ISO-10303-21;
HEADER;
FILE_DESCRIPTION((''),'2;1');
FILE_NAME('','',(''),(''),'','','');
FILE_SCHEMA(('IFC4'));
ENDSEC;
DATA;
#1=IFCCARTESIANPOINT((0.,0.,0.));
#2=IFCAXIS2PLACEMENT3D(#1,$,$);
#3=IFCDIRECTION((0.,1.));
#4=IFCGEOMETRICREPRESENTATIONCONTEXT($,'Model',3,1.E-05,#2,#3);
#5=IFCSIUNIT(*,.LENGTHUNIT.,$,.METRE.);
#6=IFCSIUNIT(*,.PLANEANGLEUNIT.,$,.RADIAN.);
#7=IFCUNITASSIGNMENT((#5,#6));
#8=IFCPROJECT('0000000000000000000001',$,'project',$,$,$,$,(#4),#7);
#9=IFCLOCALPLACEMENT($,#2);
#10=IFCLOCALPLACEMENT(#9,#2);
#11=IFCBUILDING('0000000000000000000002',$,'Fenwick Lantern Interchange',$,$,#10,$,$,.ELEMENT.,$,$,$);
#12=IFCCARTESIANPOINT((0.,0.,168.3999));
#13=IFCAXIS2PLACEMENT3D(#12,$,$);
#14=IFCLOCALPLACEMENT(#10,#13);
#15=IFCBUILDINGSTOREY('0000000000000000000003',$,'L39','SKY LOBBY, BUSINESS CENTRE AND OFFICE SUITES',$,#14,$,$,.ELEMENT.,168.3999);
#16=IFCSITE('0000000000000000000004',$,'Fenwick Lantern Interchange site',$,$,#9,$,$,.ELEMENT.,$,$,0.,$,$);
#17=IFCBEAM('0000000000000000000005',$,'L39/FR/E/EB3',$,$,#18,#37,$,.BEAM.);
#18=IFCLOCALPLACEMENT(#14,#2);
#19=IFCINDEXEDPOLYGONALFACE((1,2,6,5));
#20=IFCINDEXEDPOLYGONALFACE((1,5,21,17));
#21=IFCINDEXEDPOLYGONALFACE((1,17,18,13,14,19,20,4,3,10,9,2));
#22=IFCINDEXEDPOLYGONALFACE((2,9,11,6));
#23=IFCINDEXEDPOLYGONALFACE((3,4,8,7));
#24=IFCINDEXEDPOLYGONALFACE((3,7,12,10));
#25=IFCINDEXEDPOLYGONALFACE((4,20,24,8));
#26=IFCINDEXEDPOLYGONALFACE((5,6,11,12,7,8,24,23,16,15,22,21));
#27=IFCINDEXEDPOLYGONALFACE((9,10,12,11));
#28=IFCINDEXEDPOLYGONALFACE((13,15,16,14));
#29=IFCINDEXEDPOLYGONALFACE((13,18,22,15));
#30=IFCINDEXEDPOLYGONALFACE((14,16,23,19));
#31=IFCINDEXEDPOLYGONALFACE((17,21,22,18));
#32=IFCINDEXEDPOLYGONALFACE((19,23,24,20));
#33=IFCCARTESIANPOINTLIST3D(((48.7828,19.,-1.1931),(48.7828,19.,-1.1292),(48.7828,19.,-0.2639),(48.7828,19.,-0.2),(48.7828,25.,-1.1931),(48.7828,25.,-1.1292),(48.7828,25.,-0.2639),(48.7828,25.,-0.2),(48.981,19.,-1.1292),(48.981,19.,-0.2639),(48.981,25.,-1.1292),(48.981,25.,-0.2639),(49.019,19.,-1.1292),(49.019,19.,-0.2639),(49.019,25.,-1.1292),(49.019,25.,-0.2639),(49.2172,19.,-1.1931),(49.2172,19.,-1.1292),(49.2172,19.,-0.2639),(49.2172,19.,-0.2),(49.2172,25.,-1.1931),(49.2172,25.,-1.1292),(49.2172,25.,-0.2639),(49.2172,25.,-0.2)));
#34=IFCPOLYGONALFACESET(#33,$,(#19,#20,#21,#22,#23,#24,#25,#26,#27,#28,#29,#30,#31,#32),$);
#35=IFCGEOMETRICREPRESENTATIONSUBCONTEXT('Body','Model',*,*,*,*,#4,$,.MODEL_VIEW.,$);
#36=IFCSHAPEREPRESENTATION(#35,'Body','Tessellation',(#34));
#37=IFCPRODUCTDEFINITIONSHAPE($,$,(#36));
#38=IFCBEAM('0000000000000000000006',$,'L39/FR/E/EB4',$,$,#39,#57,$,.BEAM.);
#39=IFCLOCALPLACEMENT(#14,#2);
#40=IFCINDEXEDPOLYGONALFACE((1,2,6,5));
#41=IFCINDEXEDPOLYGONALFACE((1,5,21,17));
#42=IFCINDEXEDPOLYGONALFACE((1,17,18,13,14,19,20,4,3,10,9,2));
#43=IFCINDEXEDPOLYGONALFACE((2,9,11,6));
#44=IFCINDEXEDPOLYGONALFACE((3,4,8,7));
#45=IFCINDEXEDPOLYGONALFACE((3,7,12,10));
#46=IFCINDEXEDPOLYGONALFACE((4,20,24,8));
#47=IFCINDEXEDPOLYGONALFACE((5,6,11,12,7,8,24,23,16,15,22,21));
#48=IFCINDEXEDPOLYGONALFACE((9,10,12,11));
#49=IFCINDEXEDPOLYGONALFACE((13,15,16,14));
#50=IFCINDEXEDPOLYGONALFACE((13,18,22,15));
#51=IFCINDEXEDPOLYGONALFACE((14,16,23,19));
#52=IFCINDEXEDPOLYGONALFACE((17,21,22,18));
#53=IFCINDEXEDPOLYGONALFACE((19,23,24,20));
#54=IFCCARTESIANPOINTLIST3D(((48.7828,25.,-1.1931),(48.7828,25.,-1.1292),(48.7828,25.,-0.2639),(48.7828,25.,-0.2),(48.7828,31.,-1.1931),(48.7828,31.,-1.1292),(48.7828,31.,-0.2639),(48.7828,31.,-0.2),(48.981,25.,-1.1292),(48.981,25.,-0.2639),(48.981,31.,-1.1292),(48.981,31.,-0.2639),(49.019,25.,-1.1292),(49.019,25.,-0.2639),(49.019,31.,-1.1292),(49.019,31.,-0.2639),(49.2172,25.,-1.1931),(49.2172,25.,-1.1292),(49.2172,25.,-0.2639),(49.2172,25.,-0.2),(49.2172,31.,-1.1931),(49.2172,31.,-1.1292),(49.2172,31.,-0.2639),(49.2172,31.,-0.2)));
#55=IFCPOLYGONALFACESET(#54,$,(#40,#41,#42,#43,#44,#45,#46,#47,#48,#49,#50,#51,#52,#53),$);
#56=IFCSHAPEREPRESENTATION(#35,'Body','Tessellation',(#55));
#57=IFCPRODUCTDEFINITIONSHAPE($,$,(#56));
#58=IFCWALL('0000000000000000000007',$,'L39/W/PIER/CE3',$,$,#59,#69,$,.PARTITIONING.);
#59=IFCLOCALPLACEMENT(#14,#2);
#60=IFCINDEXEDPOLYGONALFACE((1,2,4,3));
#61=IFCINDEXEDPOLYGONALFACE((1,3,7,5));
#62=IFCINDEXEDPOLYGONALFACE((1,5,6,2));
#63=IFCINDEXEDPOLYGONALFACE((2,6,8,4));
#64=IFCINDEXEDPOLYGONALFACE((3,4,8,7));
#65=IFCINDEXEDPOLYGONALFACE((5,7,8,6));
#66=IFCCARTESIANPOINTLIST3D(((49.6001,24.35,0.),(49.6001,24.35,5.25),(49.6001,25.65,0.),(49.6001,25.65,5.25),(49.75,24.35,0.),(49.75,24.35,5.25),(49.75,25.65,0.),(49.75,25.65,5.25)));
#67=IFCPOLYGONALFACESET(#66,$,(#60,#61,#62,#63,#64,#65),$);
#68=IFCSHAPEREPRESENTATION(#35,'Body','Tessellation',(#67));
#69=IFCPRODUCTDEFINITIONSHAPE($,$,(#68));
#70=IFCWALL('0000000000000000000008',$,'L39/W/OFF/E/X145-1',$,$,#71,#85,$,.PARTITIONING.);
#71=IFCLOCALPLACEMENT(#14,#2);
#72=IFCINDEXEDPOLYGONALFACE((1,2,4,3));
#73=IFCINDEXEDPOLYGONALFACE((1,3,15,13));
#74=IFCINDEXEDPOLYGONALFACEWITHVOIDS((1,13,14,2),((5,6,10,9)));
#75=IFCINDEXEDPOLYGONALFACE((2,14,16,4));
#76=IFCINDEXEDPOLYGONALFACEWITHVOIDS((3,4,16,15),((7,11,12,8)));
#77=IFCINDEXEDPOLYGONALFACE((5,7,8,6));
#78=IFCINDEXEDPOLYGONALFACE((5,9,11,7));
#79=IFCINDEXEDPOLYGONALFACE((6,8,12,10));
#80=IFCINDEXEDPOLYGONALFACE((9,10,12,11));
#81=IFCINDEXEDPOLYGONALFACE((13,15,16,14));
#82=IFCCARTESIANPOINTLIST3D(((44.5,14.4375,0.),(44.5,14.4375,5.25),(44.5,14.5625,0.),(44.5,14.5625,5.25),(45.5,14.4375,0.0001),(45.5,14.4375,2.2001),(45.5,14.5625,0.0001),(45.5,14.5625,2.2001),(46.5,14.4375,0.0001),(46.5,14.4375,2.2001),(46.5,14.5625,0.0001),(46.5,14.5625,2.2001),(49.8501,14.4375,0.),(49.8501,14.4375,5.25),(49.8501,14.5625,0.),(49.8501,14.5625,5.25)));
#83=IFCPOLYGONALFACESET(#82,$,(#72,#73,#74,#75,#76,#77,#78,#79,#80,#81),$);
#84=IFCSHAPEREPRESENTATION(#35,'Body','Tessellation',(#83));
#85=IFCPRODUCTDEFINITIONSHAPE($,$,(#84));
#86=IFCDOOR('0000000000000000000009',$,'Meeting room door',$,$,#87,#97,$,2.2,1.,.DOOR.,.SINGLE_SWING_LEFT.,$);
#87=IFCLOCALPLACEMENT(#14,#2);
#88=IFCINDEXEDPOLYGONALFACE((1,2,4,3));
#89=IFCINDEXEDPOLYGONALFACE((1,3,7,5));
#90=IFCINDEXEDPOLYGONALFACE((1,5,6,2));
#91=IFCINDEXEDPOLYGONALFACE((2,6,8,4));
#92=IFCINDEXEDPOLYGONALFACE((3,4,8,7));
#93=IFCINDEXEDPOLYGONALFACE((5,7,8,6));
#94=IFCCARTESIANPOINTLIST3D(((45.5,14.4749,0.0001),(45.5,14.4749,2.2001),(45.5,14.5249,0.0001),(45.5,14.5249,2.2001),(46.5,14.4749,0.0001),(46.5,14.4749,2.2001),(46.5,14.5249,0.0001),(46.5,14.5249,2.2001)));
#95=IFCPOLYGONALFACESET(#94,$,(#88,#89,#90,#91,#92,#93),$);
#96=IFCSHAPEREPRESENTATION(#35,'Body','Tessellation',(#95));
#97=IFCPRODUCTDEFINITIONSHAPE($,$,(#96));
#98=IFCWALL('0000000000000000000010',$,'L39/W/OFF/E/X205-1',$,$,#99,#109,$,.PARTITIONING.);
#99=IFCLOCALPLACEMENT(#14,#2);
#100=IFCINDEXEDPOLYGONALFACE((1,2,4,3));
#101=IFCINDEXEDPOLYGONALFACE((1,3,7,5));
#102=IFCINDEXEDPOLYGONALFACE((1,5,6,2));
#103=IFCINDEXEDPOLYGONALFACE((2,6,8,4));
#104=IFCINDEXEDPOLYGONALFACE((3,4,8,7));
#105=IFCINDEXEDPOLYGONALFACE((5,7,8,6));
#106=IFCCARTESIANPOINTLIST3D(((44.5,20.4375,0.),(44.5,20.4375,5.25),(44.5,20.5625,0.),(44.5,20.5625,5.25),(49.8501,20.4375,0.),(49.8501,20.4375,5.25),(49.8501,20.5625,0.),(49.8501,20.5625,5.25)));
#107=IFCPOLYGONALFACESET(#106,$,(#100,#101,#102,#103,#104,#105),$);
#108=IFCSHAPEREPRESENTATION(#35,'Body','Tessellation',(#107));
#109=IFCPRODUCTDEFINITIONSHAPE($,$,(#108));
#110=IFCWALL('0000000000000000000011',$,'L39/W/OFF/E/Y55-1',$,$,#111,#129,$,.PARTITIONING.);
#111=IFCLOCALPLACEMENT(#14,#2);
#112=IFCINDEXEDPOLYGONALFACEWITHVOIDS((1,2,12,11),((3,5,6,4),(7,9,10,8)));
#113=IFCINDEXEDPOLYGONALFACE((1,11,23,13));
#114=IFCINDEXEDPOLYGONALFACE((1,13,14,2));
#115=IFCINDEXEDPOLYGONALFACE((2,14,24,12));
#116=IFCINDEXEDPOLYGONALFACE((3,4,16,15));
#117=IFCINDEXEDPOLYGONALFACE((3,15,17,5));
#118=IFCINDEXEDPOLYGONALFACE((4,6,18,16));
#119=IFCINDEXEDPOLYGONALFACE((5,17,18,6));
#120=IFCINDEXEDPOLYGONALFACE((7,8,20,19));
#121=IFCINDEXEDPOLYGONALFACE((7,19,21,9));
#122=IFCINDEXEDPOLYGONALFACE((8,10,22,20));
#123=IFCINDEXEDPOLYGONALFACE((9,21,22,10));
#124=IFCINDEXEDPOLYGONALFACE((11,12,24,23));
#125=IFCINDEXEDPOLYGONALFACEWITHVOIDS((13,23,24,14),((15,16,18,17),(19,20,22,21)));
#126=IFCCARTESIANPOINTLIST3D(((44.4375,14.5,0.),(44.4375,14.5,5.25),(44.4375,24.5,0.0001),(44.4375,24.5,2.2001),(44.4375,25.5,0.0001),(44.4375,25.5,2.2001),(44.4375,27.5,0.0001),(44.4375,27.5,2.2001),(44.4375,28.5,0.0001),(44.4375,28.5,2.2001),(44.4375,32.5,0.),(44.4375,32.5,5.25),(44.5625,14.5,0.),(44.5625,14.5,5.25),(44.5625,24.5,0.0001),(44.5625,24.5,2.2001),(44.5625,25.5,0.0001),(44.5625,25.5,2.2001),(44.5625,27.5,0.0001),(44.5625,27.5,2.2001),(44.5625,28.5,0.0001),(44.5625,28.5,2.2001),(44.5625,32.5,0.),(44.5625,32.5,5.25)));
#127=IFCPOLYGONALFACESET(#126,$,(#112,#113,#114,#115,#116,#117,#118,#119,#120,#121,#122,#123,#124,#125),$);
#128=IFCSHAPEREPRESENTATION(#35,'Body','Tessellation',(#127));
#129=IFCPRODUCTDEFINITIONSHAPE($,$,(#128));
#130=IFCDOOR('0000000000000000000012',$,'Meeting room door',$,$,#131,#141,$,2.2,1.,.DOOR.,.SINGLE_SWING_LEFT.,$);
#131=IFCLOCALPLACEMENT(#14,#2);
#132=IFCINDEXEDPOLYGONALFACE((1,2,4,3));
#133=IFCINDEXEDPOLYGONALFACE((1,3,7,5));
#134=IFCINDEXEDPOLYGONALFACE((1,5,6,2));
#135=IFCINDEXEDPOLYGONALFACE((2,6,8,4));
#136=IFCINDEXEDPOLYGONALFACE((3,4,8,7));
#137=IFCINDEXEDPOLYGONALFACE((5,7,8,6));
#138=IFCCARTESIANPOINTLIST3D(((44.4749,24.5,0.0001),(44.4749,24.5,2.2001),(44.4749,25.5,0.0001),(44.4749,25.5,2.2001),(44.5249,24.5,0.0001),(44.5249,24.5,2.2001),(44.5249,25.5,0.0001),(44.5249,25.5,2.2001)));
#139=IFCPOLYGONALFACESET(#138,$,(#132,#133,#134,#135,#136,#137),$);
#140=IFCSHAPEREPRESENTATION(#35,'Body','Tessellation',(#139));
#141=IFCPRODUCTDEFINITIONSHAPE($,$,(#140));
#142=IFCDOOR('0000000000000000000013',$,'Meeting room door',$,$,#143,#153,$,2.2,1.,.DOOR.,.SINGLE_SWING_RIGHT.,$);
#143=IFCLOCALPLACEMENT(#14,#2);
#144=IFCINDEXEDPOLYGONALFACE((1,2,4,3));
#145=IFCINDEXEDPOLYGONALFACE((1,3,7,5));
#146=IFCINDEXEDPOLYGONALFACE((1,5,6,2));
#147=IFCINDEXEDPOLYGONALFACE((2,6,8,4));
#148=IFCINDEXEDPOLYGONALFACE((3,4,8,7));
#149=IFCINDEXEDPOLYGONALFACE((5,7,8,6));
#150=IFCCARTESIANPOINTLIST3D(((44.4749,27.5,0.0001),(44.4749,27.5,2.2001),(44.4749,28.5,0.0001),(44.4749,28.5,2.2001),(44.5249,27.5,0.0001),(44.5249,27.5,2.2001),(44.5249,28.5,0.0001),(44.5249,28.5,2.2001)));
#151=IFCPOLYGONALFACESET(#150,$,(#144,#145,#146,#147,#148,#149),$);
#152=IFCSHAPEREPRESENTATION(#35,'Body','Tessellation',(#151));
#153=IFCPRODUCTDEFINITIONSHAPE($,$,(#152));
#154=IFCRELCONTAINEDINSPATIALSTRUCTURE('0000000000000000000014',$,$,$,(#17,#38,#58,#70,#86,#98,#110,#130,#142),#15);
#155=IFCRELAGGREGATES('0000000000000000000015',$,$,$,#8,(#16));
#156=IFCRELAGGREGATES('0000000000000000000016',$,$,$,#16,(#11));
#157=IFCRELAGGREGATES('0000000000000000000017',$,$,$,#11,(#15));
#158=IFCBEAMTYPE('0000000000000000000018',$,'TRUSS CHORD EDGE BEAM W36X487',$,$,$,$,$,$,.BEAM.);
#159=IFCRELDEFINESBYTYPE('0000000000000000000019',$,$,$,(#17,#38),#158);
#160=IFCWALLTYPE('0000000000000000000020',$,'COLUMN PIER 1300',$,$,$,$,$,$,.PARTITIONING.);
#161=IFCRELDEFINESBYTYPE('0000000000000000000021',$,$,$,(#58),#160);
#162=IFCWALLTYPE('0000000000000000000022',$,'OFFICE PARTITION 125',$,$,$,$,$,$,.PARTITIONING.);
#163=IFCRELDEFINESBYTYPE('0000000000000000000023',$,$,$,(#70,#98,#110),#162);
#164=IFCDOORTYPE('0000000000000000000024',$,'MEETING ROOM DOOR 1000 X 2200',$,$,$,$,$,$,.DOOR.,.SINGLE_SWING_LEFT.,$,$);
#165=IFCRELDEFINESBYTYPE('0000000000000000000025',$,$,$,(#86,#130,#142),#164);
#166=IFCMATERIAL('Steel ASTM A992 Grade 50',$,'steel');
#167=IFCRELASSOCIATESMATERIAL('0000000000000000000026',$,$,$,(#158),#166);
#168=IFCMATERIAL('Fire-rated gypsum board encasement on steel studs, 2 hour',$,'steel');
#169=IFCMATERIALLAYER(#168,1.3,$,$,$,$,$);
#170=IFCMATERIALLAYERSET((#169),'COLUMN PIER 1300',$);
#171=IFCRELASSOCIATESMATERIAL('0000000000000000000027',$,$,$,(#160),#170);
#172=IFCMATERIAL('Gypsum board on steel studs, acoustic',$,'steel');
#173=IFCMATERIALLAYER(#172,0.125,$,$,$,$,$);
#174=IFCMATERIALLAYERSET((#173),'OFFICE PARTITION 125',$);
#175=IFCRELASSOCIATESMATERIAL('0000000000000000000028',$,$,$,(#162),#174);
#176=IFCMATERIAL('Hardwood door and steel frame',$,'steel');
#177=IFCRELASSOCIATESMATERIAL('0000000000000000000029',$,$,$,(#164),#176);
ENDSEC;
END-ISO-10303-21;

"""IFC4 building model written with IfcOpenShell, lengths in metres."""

from ifc_helpers import new_model, si_unit, direction, frame, frame_2d, origin, origin_2d, place, context, subcontext, project, spatial, rectangle, i_section, extrude, material, layer, layer_set, material_profile, profile_set, type_object, element, fill, save


model = new_model("IFC4")

# Units and contexts
model_context = context("Model", 3, precision=1e-05, world=origin(), true_north=direction((0.0, 1.0)))
body_context = subcontext(model_context, "Body", "Model", "MODEL_VIEW")
ifc_project = project(units=[si_unit("LENGTHUNIT", "METRE"), si_unit("PLANEANGLEUNIT", "RADIAN")], contexts=[model_context])

# Site, building, storey
site_placement = place(None, origin())
site = spatial("IfcSite", under=ifc_project, at=site_placement, Name="Fenwick Lantern Interchange site", CompositionType="ELEMENT", RefElevation=0.0)
building_placement = place(site_placement, origin())
building = spatial("IfcBuilding", under=site, at=building_placement, Name="Fenwick Lantern Interchange", CompositionType="ELEMENT")
storey_placement = place(building_placement, frame((0.0, 0.0, 168.3999)))
storey = spatial("IfcBuildingStorey", under=building, at=storey_placement, Name="L39", Description="SKY LOBBY, BUSINESS CENTRE AND OFFICE SUITES", CompositionType="ELEMENT", Elevation=168.3999)

# Shared definitions
ifc_material_1 = material(Name="Steel ASTM A992 Grade 50", Category="steel")

# Beams
ifc_material_profile_1 = material_profile(ifc_material_1, i_section(OverallWidth=0.4343, OverallDepth=0.9932, WebThickness=0.0381, FlangeThickness=0.064, at=origin_2d()), Name="W36X487")
ifc_profile_set_1 = profile_set([ifc_material_profile_1], Name="Steel ASTM A992 Grade 50")
beam_type_1 = type_object("IfcBeamType", Name="TRUSS CHORD EDGE BEAM W36X487", PredefinedType="BEAM", material=ifc_profile_set_1)
for number, where, z_axis, x_axis, name in (
    (1, (49.0, 19.0, -0.6965), (0.0, 1.0, 0.0), (-1.0, 0.0, 0.0), "L39/FR/E/EB3"),
    (2, (49.0, 25.0, -0.6965), (0.0, 1.0, 0.0), (-1.0, 0.0, 0.0), "L39/FR/E/EB4"),
):
    element("IfcBeam", number, at=place(storey_placement, frame(where, z_axis=z_axis, x_axis=x_axis)), inside=storey, type_object=beam_type_1, Name=name, PredefinedType="BEAM", context=body_context, shape_type="SweptSolid", body=[
        extrude(i_section(OverallWidth=0.4343, OverallDepth=0.9932, WebThickness=0.0381, FlangeThickness=0.064, at=origin_2d()), origin(), (0.0, 0.0, 1.0), 6.0),
    ])

# Wall
ifc_material_2 = material(Name="Fire-rated gypsum board encasement on steel studs, 2 hour", Category="steel")
ifc_layer_1 = layer(ifc_material_2, 1.3)
ifc_layer_set_1 = layer_set([ifc_layer_1], Name="COLUMN PIER 1300")
wall_type_1 = type_object("IfcWallType", Name="COLUMN PIER 1300", PredefinedType="PARTITIONING", material=ifc_layer_set_1)
wall_1_placement = place(storey_placement, frame((49.75, 25.0, 0.0), z_axis=(0.0, 0.0, 1.0), x_axis=(-1.0, 0.0, 0.0)))
element("IfcWall", 3, at=wall_1_placement, inside=storey, type_object=wall_type_1, Name="L39/W/PIER/CE3", PredefinedType="PARTITIONING", context=body_context, shape_type="SweptSolid", body=[
    extrude(rectangle(XDim=0.1499, YDim=1.3, at=frame_2d((0.075, 0.0))), origin(), (0.0, 0.0, 1.0), 5.25),
])

# Wall, opening, door
ifc_material_3 = material(Name="Gypsum board on steel studs, acoustic", Category="steel")
ifc_layer_2 = layer(ifc_material_3, 0.125)
ifc_layer_set_2 = layer_set([ifc_layer_2], Name="OFFICE PARTITION 125")
wall_type_2 = type_object("IfcWallType", Name="OFFICE PARTITION 125", PredefinedType="PARTITIONING", material=ifc_layer_set_2)
wall_2_placement = place(storey_placement, frame((49.8501, 14.5, 0.0), z_axis=(0.0, 0.0, 1.0), x_axis=(-1.0, 0.0, 0.0)))
wall_2 = element("IfcWall", 4, at=wall_2_placement, inside=storey, type_object=wall_type_2, Name="L39/W/OFF/E/X145-1", PredefinedType="PARTITIONING", context=body_context, shape_type="SweptSolid", body=[
    extrude(rectangle(XDim=5.3501, YDim=0.125, at=frame_2d((2.675, 0.0))), origin(), (0.0, 0.0, 1.0), 5.25),
])
opening_1_placement = place(wall_2_placement, frame((3.3501, 0.0, 0.0)))
opening_1 = element("IfcOpeningElement", 5, at=opening_1_placement, cuts=wall_2, PredefinedType="OPENING", context=body_context, shape_type="SweptSolid", body=[
    extrude(rectangle(XDim=1.0, YDim=2.2, at=frame_2d((0.5, 1.1001))), frame((0.0, 0.0725, 0.0), z_axis=(0.0, -1.0, 0.0), x_axis=(1.0, 0.0, 0.0)), (0.0, 0.0, 1.0), 0.145),
])
ifc_material_4 = material(Name="Hardwood door and steel frame", Category="steel")
door_type = type_object("IfcDoorType", Name="MEETING ROOM DOOR 1000 X 2200", OperationType="SINGLE_SWING_LEFT", PredefinedType="DOOR", material=ifc_material_4)
door_1_placement = place(opening_1_placement, frame((1.0, 0.0, 0.0), z_axis=(0.0, 0.0, 1.0), x_axis=(-1.0, 0.0, 0.0)))
door_1 = element("IfcDoor", 6, at=door_1_placement, inside=storey, type_object=door_type, Name="Meeting room door", OperationType="SINGLE_SWING_LEFT", OverallHeight=2.2, OverallWidth=1.0, PredefinedType="DOOR", context=body_context, shape_type="SweptSolid", body=[
    extrude(rectangle(XDim=1.0, YDim=2.2, at=frame_2d((0.5, 1.1001))), frame((0.0, 0.0249, 0.0), z_axis=(0.0, -1.0, 0.0), x_axis=(1.0, 0.0, 0.0)), (0.0, 0.0, 1.0), 0.05),
])
fill(opening_1, door_1)

# Wall
wall_3_placement = place(storey_placement, frame((49.8501, 20.5, 0.0), z_axis=(0.0, 0.0, 1.0), x_axis=(-1.0, 0.0, 0.0)))
element("IfcWall", 7, at=wall_3_placement, inside=storey, type_object=wall_type_2, Name="L39/W/OFF/E/X205-1", PredefinedType="PARTITIONING", context=body_context, shape_type="SweptSolid", body=[
    extrude(rectangle(XDim=5.3501, YDim=0.125, at=frame_2d((2.675, 0.0))), origin(), (0.0, 0.0, 1.0), 5.25),
])

# Wall, openings, doors
wall_4_placement = place(storey_placement, frame((44.5, 14.5, 0.0), z_axis=(0.0, 0.0, 1.0), x_axis=(0.0, 1.0, 0.0)))
wall_4 = element("IfcWall", 8, at=wall_4_placement, inside=storey, type_object=wall_type_2, Name="L39/W/OFF/E/Y55-1", PredefinedType="PARTITIONING", context=body_context, shape_type="SweptSolid", body=[
    extrude(rectangle(XDim=18.0, YDim=0.125, at=frame_2d((9.0, 0.0))), origin(), (0.0, 0.0, 1.0), 5.25),
])
opening_2_placement = place(wall_4_placement, frame((10.0, 0.0, 0.0)))
opening_2 = element("IfcOpeningElement", 9, at=opening_2_placement, cuts=wall_4, PredefinedType="OPENING", context=body_context, shape_type="SweptSolid", body=[
    extrude(rectangle(XDim=1.0, YDim=2.2, at=frame_2d((0.5, 1.1001))), frame((0.0, 0.0725, 0.0), z_axis=(0.0, -1.0, 0.0), x_axis=(1.0, 0.0, 0.0)), (0.0, 0.0, 1.0), 0.145),
])
opening_3_placement = place(wall_4_placement, frame((13.0, 0.0, 0.0)))
opening_3 = element("IfcOpeningElement", 10, at=opening_3_placement, cuts=wall_4, PredefinedType="OPENING", context=body_context, shape_type="SweptSolid", body=[
    extrude(rectangle(XDim=1.0, YDim=2.2, at=frame_2d((0.5, 1.1001))), frame((0.0, 0.0725, 0.0), z_axis=(0.0, -1.0, 0.0), x_axis=(1.0, 0.0, 0.0)), (0.0, 0.0, 1.0), 0.145),
])
door_2_placement = place(opening_2_placement, frame((1.0, 0.0, 0.0), z_axis=(0.0, 0.0, 1.0), x_axis=(-1.0, 0.0, 0.0)))
door_2 = element("IfcDoor", 11, at=door_2_placement, inside=storey, type_object=door_type, Name="Meeting room door", OperationType="SINGLE_SWING_LEFT", OverallHeight=2.2, OverallWidth=1.0, PredefinedType="DOOR", context=body_context, shape_type="SweptSolid", body=[
    extrude(rectangle(XDim=1.0, YDim=2.2, at=frame_2d((0.5, 1.1001))), frame((0.0, 0.0249, 0.0), z_axis=(0.0, -1.0, 0.0), x_axis=(1.0, 0.0, 0.0)), (0.0, 0.0, 1.0), 0.05),
])
fill(opening_2, door_2)
door_3_placement = place(opening_3_placement, frame((1.0, 0.0, 0.0), z_axis=(0.0, 0.0, 1.0), x_axis=(-1.0, 0.0, 0.0)))
door_3 = element("IfcDoor", 12, at=door_3_placement, inside=storey, type_object=door_type, Name="Meeting room door", OperationType="SINGLE_SWING_RIGHT", OverallHeight=2.2, OverallWidth=1.0, PredefinedType="DOOR", context=body_context, shape_type="SweptSolid", body=[
    extrude(rectangle(XDim=1.0, YDim=2.2, at=frame_2d((0.5, 1.1001))), frame((0.0, 0.0249, 0.0), z_axis=(0.0, -1.0, 0.0), x_axis=(1.0, 0.0, 0.0)), (0.0, 0.0, 1.0), 0.05),
])
fill(opening_3, door_3)

save(model, "model.ifc")
